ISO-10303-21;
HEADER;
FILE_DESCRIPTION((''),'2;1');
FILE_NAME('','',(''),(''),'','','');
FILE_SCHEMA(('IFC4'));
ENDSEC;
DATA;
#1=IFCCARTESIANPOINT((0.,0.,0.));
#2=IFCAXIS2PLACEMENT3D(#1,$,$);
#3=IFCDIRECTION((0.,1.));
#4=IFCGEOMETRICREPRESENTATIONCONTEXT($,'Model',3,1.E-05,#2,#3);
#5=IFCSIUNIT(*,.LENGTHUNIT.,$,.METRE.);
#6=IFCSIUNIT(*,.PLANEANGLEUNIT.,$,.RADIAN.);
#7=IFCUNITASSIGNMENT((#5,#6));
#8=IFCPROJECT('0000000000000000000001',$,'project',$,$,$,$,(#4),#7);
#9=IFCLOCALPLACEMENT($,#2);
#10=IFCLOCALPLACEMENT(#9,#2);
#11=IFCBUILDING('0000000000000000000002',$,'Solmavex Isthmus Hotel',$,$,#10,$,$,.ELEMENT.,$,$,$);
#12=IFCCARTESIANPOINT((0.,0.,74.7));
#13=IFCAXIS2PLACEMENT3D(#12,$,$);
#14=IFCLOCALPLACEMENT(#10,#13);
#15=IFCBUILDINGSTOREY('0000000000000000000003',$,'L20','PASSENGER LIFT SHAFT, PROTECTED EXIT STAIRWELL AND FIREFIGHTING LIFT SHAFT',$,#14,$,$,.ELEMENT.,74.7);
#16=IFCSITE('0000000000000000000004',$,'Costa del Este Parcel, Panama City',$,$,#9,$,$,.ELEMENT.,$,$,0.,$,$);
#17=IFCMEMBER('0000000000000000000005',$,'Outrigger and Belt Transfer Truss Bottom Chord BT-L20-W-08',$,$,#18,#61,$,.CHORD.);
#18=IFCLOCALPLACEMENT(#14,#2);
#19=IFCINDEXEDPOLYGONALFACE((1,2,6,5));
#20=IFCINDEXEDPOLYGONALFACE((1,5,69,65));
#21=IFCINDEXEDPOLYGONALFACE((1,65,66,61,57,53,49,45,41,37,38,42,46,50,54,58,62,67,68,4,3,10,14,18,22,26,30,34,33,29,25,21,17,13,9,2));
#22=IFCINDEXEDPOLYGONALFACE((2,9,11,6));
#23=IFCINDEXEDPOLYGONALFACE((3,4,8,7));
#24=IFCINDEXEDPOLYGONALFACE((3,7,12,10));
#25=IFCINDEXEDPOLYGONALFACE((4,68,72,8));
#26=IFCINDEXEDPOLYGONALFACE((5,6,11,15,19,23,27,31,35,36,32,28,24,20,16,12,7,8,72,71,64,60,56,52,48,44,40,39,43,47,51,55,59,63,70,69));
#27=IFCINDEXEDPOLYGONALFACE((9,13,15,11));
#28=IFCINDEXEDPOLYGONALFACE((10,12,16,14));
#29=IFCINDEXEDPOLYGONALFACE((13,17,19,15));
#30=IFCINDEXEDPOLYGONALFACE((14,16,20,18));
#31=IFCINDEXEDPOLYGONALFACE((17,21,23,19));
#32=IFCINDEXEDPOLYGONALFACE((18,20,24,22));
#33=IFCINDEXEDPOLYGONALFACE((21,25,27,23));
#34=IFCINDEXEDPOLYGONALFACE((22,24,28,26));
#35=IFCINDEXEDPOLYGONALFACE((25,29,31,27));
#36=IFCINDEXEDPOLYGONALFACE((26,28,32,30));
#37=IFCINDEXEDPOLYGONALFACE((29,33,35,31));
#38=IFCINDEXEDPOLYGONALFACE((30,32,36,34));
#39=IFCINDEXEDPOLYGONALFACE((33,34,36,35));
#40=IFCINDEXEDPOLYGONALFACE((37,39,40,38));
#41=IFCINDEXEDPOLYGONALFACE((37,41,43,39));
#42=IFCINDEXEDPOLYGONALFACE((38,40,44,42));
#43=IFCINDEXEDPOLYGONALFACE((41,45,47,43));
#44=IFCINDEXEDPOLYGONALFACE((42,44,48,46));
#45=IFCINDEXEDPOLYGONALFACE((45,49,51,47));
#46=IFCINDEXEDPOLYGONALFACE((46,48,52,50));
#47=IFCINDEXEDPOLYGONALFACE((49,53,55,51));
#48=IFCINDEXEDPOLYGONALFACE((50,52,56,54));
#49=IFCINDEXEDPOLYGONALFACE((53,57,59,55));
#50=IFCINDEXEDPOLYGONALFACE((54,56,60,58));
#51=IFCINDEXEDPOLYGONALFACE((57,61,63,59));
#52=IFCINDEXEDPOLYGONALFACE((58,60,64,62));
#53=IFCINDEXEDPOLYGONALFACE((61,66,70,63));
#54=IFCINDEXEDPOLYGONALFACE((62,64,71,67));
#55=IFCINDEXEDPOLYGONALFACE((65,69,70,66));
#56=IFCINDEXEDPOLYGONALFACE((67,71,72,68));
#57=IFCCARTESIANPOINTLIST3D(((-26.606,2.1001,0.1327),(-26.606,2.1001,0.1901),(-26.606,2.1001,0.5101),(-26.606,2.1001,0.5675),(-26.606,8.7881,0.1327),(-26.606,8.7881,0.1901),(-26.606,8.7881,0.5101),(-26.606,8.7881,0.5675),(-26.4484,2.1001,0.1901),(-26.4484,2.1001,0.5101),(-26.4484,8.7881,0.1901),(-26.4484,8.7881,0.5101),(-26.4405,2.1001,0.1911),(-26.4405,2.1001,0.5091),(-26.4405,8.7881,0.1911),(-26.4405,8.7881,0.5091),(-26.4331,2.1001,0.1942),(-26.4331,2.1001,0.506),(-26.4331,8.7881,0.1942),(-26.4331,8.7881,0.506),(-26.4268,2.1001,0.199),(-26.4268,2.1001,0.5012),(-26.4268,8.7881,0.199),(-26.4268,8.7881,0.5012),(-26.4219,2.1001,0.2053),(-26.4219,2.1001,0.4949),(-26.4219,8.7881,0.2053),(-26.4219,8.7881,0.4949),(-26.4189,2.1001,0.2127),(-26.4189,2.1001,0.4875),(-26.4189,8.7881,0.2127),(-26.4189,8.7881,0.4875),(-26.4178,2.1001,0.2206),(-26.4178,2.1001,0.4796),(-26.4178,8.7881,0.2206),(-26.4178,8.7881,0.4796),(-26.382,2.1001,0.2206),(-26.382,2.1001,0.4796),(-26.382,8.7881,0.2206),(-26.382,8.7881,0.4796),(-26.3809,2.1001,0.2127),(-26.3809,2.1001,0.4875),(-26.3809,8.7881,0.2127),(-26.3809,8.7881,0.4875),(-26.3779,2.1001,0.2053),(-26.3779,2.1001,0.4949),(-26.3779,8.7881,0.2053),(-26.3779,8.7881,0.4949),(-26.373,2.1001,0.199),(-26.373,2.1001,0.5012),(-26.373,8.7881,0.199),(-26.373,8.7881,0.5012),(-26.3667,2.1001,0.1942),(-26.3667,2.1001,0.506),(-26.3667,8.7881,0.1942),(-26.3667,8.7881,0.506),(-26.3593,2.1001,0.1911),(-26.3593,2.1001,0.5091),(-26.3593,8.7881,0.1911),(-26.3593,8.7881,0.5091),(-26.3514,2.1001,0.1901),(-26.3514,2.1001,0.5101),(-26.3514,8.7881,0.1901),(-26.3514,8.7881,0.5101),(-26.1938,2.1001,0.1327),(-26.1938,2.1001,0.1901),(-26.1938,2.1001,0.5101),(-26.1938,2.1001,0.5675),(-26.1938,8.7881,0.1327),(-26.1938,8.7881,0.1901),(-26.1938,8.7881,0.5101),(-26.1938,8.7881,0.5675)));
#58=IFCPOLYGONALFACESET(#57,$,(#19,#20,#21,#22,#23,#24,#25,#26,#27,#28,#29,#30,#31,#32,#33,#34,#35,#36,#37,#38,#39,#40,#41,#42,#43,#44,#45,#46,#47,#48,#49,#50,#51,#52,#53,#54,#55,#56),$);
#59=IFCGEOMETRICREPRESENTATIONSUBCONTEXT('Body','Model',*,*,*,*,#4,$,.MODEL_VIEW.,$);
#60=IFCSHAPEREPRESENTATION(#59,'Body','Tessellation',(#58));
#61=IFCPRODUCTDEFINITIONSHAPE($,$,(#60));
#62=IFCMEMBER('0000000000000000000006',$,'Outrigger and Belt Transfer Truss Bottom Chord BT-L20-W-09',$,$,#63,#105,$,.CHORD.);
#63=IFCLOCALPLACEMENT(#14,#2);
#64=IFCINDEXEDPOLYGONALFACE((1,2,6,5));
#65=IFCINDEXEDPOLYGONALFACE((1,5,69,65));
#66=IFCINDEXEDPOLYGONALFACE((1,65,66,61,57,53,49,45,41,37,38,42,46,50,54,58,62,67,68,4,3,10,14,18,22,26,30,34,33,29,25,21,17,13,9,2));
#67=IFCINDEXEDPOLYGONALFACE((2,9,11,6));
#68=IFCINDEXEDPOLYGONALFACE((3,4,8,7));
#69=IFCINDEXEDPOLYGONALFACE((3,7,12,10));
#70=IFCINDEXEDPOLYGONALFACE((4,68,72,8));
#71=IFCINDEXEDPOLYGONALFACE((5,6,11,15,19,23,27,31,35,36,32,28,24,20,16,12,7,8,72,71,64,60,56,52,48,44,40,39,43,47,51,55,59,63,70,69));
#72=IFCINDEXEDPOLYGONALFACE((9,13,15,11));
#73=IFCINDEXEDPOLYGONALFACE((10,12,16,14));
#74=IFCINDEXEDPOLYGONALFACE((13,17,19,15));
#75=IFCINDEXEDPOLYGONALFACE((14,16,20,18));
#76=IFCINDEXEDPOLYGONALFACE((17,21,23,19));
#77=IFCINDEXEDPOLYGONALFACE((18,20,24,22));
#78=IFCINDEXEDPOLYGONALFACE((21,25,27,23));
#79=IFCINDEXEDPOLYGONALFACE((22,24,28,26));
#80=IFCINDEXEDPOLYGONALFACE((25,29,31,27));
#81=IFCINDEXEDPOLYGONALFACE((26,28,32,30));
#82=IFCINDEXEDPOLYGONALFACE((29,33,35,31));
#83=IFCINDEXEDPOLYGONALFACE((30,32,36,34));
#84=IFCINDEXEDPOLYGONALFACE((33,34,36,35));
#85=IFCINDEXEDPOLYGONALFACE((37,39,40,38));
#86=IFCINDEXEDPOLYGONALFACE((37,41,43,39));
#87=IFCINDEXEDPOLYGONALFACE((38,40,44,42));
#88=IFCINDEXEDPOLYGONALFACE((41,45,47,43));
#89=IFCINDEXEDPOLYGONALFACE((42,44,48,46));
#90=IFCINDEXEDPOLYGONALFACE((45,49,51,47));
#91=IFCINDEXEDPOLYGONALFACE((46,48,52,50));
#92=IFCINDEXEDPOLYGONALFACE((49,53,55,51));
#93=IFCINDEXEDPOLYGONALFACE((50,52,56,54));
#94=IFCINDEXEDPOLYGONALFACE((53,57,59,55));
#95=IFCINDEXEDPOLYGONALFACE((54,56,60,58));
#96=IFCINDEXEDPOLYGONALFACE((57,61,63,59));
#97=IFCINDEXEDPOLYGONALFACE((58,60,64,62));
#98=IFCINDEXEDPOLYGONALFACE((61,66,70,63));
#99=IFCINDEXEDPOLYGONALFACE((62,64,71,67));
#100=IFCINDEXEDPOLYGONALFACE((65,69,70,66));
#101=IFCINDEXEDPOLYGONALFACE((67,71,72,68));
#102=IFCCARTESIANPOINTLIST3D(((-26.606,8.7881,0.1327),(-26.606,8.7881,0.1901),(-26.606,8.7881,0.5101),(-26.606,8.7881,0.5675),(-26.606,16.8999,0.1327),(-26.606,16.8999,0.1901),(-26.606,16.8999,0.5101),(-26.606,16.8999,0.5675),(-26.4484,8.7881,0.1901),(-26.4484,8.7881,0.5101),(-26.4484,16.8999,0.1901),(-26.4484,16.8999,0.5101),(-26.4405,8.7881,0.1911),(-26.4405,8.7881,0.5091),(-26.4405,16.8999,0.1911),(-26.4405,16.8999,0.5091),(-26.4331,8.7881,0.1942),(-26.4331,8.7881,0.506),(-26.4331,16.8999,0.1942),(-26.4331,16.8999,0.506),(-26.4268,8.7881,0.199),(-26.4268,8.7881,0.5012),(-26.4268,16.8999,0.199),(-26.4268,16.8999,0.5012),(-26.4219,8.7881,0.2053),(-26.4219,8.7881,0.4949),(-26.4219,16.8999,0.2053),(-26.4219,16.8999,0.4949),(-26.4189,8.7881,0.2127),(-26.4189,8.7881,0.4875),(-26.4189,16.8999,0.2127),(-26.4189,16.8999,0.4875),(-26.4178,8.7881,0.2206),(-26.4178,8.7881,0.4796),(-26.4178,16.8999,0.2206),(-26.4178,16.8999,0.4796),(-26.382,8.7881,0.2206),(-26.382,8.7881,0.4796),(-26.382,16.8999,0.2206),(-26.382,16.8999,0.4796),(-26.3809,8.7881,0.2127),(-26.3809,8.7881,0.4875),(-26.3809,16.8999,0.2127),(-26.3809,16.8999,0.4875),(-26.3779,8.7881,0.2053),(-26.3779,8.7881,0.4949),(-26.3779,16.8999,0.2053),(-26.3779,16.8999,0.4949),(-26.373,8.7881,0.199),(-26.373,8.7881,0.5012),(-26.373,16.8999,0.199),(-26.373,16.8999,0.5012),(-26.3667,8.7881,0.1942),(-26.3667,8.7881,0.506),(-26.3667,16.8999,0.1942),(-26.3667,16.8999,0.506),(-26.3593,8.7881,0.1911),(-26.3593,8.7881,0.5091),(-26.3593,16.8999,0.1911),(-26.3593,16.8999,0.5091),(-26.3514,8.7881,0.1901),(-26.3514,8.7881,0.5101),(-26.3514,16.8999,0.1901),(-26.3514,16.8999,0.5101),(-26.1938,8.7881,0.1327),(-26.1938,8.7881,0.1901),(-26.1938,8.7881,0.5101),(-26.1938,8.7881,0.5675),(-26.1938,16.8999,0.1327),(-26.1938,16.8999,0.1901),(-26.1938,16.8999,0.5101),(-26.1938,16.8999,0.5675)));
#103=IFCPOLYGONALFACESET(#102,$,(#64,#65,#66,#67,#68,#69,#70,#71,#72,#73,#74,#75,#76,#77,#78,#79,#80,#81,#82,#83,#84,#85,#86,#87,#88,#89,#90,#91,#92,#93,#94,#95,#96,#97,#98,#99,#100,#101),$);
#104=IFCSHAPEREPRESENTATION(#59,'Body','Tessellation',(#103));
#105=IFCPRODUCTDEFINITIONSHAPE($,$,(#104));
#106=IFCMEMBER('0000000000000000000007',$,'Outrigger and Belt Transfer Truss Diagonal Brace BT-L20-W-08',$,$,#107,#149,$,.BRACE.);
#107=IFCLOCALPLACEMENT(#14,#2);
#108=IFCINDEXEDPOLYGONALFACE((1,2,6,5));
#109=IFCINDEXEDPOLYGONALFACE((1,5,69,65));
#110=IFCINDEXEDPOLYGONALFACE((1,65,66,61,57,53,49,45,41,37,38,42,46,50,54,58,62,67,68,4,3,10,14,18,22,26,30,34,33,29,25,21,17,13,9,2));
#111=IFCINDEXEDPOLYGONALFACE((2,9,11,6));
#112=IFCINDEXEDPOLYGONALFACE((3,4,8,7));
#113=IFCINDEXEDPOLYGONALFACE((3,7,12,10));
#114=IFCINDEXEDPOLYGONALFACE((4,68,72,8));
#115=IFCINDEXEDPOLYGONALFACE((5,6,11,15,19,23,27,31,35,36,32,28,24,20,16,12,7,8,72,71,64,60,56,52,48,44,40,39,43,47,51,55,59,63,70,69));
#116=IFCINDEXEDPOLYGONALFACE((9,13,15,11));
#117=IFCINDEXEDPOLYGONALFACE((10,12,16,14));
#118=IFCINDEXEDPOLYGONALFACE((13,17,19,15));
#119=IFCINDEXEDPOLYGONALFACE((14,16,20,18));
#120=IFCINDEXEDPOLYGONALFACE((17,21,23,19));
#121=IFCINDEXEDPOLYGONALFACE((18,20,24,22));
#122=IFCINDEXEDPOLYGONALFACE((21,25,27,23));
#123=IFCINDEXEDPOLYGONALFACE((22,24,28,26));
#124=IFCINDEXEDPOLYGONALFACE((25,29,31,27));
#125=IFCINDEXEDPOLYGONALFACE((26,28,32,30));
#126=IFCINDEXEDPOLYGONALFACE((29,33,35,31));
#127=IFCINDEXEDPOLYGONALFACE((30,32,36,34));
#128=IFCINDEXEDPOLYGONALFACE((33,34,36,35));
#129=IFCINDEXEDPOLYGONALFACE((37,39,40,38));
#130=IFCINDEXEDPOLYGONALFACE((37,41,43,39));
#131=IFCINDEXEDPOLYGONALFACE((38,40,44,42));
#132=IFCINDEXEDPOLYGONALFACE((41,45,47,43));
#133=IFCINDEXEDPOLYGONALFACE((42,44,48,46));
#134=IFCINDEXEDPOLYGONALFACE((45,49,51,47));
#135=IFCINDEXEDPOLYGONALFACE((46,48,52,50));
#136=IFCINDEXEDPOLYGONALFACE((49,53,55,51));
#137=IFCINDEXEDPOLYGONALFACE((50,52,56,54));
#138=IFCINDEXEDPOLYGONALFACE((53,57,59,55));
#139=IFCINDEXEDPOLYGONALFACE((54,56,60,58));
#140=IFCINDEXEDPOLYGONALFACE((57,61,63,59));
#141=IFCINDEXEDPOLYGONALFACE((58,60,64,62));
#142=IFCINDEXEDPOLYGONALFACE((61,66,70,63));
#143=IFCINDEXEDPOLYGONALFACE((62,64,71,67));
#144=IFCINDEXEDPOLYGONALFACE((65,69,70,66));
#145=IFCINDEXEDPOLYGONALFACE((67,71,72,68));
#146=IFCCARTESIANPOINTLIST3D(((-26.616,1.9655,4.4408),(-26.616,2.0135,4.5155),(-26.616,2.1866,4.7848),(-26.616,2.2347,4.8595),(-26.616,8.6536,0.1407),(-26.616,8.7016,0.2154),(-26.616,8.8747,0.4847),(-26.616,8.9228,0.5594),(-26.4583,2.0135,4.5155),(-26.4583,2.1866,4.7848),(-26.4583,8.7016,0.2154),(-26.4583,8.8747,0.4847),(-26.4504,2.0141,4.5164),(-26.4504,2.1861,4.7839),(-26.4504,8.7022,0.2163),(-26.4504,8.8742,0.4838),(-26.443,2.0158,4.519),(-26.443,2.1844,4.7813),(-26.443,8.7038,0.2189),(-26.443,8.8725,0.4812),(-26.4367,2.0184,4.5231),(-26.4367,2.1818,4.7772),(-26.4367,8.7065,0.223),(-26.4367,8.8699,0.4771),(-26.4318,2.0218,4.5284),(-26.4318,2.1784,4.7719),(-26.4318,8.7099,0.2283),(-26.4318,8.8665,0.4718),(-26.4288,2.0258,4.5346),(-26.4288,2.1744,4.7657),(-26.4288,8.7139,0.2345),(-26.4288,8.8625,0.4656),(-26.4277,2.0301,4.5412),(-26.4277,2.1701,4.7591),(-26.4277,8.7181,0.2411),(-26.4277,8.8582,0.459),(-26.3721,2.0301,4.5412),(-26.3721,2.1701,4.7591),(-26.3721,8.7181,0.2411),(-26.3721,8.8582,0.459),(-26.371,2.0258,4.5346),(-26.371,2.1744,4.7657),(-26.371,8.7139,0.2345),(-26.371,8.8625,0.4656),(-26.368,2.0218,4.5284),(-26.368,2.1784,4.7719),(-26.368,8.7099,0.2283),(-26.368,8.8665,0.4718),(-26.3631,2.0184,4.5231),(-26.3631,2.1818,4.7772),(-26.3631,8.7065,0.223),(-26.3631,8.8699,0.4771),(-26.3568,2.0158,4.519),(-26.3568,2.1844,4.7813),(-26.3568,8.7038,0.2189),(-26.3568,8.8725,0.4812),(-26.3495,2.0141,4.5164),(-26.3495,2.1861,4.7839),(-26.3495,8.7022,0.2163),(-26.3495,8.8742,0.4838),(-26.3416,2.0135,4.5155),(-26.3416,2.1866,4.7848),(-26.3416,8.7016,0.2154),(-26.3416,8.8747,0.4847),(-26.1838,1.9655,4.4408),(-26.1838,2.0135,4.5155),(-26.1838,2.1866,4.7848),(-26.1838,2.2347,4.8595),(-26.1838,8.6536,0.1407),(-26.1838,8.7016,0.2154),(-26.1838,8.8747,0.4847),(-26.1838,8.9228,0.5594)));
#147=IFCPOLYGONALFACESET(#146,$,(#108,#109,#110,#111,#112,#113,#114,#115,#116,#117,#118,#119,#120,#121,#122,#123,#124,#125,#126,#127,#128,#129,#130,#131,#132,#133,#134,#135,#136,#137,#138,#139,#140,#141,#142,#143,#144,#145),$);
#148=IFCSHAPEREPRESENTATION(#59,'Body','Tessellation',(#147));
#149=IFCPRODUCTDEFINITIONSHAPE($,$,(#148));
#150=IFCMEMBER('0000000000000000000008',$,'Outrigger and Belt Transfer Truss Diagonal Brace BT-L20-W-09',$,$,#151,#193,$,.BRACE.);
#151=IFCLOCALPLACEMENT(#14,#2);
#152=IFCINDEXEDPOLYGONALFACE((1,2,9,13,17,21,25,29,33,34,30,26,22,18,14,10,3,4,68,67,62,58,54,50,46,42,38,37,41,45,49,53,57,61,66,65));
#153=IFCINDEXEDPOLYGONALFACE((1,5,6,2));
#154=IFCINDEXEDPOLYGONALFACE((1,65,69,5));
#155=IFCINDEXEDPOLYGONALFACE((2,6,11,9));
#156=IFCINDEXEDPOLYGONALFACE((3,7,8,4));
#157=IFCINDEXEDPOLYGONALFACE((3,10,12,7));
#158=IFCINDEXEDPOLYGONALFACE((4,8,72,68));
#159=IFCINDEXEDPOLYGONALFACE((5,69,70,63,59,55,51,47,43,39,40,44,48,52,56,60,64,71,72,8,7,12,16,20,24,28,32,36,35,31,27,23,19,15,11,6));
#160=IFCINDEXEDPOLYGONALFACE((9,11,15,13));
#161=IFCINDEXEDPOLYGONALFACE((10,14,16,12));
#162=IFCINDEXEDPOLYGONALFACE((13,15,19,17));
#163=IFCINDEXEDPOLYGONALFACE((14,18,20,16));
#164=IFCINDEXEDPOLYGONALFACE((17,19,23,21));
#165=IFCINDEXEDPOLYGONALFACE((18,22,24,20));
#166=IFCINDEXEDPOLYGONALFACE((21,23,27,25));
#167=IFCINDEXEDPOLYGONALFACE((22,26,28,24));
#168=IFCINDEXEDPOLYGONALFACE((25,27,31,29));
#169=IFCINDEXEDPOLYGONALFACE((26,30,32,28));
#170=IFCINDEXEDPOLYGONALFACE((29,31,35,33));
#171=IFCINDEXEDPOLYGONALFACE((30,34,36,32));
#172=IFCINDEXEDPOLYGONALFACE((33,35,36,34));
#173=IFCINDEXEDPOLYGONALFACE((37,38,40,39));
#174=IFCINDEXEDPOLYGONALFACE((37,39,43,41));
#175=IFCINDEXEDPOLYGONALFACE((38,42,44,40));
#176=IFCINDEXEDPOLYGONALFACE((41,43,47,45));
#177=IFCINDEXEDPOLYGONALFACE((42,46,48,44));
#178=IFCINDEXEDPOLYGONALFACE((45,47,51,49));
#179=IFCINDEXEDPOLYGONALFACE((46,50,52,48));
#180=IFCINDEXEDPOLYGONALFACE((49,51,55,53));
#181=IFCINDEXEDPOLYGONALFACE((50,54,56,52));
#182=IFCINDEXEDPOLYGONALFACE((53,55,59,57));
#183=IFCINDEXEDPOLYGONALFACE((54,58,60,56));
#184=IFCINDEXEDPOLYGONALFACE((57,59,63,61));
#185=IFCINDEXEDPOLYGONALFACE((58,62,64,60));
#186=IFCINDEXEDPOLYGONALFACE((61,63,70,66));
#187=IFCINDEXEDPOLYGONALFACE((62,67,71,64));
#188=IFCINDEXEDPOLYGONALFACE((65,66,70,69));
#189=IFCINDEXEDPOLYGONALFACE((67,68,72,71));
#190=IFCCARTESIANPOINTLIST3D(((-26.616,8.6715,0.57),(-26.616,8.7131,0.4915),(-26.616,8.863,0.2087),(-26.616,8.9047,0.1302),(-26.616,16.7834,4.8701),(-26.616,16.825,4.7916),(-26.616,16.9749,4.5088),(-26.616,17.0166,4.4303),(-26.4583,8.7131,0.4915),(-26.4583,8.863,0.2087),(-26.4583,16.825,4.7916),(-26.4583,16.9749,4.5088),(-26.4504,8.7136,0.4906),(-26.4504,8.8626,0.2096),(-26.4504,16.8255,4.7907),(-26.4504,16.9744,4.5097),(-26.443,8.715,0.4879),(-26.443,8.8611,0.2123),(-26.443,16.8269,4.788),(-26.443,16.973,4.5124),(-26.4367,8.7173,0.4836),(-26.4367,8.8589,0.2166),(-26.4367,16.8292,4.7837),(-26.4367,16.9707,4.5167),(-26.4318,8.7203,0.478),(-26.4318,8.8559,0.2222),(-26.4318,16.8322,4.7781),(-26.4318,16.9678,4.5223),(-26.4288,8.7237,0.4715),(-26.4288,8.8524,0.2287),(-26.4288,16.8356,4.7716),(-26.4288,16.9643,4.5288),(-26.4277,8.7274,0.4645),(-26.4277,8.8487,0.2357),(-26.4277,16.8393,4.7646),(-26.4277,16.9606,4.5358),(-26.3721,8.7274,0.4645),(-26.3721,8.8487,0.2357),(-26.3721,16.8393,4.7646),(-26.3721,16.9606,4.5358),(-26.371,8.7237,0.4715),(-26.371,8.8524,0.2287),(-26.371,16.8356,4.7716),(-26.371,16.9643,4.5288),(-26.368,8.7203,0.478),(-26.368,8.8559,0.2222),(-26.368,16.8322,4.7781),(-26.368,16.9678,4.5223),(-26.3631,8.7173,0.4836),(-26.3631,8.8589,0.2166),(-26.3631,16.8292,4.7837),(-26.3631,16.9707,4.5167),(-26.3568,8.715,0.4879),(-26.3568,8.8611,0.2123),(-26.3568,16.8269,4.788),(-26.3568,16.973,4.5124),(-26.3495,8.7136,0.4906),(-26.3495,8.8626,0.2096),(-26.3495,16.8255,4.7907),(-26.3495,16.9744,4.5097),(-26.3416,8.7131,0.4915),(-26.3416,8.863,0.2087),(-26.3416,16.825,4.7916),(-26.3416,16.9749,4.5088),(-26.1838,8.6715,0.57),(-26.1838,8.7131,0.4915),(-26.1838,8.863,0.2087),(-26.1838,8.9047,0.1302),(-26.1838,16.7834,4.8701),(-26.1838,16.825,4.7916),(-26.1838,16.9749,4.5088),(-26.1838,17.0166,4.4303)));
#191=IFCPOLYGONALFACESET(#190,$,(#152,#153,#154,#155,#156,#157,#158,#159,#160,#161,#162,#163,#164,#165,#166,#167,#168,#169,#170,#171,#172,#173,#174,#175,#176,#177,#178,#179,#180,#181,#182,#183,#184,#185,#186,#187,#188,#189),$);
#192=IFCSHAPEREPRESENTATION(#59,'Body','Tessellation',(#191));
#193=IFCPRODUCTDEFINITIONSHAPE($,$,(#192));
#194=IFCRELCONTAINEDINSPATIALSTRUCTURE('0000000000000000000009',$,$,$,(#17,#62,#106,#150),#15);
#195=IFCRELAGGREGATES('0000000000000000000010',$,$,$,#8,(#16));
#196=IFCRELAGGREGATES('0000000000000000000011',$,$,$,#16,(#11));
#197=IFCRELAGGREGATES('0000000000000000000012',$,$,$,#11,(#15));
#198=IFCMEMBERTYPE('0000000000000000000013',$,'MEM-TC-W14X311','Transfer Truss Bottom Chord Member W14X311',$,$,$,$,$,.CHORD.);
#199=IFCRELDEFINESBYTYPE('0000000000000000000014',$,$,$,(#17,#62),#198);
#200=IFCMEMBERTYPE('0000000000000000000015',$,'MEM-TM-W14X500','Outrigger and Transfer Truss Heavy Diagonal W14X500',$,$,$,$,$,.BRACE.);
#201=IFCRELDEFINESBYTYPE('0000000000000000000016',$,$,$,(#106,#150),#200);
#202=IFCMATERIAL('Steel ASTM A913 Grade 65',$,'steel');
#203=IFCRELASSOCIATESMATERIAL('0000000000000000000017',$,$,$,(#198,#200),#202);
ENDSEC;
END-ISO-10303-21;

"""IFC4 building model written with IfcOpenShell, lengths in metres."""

from ifc_helpers import new_model, si_unit, direction, frame, origin, origin_2d, place, context, subcontext, project, spatial, i_section, extrude, material, material_profile, profile_set, type_object, element, save


model = new_model("IFC4")

# Units and contexts
model_context = context("Model", 3, precision=1e-05, world=origin(), true_north=direction((0.0, 1.0)))
body_context = subcontext(model_context, "Body", "Model", "MODEL_VIEW")
ifc_project = project(units=[si_unit("LENGTHUNIT", "METRE"), si_unit("PLANEANGLEUNIT", "RADIAN")], contexts=[model_context])

# Site, building, storey
site_placement = place(None, origin())
site = spatial("IfcSite", under=ifc_project, at=site_placement, Name="Costa del Este Parcel, Panama City", CompositionType="ELEMENT", RefElevation=0.0)
building_placement = place(site_placement, origin())
building = spatial("IfcBuilding", under=site, at=building_placement, Name="Solmavex Isthmus Hotel", CompositionType="ELEMENT")
storey_placement = place(building_placement, frame((0.0, 0.0, 74.7)))
storey = spatial("IfcBuildingStorey", under=building, at=storey_placement, Name="L20", Description="PASSENGER LIFT SHAFT, PROTECTED EXIT STAIRWELL AND FIREFIGHTING LIFT SHAFT", CompositionType="ELEMENT", Elevation=74.7)

# Shared definitions
ifc_material_1 = material(Name="Steel ASTM A913 Grade 65", Category="steel")

# Members
ifc_material_profile_1 = material_profile(ifc_material_1, i_section(OverallWidth=0.4121, OverallDepth=0.4348, WebThickness=0.0359, FlangeThickness=0.0574, FilletRadius=0.0305, at=origin_2d()), Name="W14X311")
ifc_profile_set_1 = profile_set([ifc_material_profile_1], Name="Steel ASTM A913 Grade 65")
member_type_1 = type_object("IfcMemberType", Name="MEM-TC-W14X311", Description="Transfer Truss Bottom Chord Member W14X311", PredefinedType="CHORD", material=ifc_profile_set_1)
member_1_placement = place(storey_placement, frame((-26.3999, 2.1001, 0.3501), z_axis=(0.0, 1.0, 0.0), x_axis=(-1.0, 0.0, 0.0)))
element("IfcMember", 1, at=member_1_placement, inside=storey, type_object=member_type_1, Name="Outrigger and Belt Transfer Truss Bottom Chord BT-L20-W-08", PredefinedType="CHORD", context=body_context, shape_type="SweptSolid", body=[
    extrude(i_section(OverallWidth=0.4121, OverallDepth=0.4348, WebThickness=0.0359, FlangeThickness=0.0574, FilletRadius=0.0305, at=origin_2d()), origin(), (0.0, 0.0, 1.0), 6.688),
])
member_2_placement = place(storey_placement, frame((-26.3999, 8.7881, 0.3501), z_axis=(0.0, 1.0, 0.0), x_axis=(-1.0, 0.0, 0.0)))
element("IfcMember", 2, at=member_2_placement, inside=storey, type_object=member_type_1, Name="Outrigger and Belt Transfer Truss Bottom Chord BT-L20-W-09", PredefinedType="CHORD", context=body_context, shape_type="SweptSolid", body=[
    extrude(i_section(OverallWidth=0.4121, OverallDepth=0.4348, WebThickness=0.0359, FlangeThickness=0.0574, FilletRadius=0.0305, at=origin_2d()), origin(), (0.0, 0.0, 1.0), 8.1118),
])
ifc_material_profile_2 = material_profile(ifc_material_1, i_section(OverallWidth=0.4321, OverallDepth=0.4978, WebThickness=0.0557, FlangeThickness=0.0889, FilletRadius=0.0305, at=origin_2d()), Name="W14X500")
ifc_profile_set_2 = profile_set([ifc_material_profile_2], Name="Steel ASTM A913 Grade 65")
member_type_2 = type_object("IfcMemberType", Name="MEM-TM-W14X500", Description="Outrigger and Transfer Truss Heavy Diagonal W14X500", PredefinedType="BRACE", material=ifc_profile_set_2)
member_3_placement = place(storey_placement, frame((-26.3999, 2.1001, 4.6501), z_axis=(0.0, 0.841143, -0.540813), x_axis=(-1.0, 0.0, 0.0)))
element("IfcMember", 3, at=member_3_placement, inside=storey, type_object=member_type_2, Name="Outrigger and Belt Transfer Truss Diagonal Brace BT-L20-W-08", PredefinedType="BRACE", context=body_context, shape_type="SweptSolid", body=[
    extrude(i_section(OverallWidth=0.4321, OverallDepth=0.4978, WebThickness=0.0557, FlangeThickness=0.0889, FilletRadius=0.0305, at=origin_2d()), origin(), (0.0, 0.0, 1.0), 7.9512),
])
member_4_placement = place(storey_placement, frame((-26.3999, 8.7881, 0.3501), z_axis=(0.0, 0.883537, 0.46836), x_axis=(-1.0, 0.0, 0.0)))
element("IfcMember", 4, at=member_4_placement, inside=storey, type_object=member_type_2, Name="Outrigger and Belt Transfer Truss Diagonal Brace BT-L20-W-09", PredefinedType="BRACE", context=body_context, shape_type="SweptSolid", body=[
    extrude(i_section(OverallWidth=0.4321, OverallDepth=0.4978, WebThickness=0.0557, FlangeThickness=0.0889, FilletRadius=0.0305, at=origin_2d()), origin(), (0.0, 0.0, 1.0), 9.1812),
])

save(model, "model.ifc")
